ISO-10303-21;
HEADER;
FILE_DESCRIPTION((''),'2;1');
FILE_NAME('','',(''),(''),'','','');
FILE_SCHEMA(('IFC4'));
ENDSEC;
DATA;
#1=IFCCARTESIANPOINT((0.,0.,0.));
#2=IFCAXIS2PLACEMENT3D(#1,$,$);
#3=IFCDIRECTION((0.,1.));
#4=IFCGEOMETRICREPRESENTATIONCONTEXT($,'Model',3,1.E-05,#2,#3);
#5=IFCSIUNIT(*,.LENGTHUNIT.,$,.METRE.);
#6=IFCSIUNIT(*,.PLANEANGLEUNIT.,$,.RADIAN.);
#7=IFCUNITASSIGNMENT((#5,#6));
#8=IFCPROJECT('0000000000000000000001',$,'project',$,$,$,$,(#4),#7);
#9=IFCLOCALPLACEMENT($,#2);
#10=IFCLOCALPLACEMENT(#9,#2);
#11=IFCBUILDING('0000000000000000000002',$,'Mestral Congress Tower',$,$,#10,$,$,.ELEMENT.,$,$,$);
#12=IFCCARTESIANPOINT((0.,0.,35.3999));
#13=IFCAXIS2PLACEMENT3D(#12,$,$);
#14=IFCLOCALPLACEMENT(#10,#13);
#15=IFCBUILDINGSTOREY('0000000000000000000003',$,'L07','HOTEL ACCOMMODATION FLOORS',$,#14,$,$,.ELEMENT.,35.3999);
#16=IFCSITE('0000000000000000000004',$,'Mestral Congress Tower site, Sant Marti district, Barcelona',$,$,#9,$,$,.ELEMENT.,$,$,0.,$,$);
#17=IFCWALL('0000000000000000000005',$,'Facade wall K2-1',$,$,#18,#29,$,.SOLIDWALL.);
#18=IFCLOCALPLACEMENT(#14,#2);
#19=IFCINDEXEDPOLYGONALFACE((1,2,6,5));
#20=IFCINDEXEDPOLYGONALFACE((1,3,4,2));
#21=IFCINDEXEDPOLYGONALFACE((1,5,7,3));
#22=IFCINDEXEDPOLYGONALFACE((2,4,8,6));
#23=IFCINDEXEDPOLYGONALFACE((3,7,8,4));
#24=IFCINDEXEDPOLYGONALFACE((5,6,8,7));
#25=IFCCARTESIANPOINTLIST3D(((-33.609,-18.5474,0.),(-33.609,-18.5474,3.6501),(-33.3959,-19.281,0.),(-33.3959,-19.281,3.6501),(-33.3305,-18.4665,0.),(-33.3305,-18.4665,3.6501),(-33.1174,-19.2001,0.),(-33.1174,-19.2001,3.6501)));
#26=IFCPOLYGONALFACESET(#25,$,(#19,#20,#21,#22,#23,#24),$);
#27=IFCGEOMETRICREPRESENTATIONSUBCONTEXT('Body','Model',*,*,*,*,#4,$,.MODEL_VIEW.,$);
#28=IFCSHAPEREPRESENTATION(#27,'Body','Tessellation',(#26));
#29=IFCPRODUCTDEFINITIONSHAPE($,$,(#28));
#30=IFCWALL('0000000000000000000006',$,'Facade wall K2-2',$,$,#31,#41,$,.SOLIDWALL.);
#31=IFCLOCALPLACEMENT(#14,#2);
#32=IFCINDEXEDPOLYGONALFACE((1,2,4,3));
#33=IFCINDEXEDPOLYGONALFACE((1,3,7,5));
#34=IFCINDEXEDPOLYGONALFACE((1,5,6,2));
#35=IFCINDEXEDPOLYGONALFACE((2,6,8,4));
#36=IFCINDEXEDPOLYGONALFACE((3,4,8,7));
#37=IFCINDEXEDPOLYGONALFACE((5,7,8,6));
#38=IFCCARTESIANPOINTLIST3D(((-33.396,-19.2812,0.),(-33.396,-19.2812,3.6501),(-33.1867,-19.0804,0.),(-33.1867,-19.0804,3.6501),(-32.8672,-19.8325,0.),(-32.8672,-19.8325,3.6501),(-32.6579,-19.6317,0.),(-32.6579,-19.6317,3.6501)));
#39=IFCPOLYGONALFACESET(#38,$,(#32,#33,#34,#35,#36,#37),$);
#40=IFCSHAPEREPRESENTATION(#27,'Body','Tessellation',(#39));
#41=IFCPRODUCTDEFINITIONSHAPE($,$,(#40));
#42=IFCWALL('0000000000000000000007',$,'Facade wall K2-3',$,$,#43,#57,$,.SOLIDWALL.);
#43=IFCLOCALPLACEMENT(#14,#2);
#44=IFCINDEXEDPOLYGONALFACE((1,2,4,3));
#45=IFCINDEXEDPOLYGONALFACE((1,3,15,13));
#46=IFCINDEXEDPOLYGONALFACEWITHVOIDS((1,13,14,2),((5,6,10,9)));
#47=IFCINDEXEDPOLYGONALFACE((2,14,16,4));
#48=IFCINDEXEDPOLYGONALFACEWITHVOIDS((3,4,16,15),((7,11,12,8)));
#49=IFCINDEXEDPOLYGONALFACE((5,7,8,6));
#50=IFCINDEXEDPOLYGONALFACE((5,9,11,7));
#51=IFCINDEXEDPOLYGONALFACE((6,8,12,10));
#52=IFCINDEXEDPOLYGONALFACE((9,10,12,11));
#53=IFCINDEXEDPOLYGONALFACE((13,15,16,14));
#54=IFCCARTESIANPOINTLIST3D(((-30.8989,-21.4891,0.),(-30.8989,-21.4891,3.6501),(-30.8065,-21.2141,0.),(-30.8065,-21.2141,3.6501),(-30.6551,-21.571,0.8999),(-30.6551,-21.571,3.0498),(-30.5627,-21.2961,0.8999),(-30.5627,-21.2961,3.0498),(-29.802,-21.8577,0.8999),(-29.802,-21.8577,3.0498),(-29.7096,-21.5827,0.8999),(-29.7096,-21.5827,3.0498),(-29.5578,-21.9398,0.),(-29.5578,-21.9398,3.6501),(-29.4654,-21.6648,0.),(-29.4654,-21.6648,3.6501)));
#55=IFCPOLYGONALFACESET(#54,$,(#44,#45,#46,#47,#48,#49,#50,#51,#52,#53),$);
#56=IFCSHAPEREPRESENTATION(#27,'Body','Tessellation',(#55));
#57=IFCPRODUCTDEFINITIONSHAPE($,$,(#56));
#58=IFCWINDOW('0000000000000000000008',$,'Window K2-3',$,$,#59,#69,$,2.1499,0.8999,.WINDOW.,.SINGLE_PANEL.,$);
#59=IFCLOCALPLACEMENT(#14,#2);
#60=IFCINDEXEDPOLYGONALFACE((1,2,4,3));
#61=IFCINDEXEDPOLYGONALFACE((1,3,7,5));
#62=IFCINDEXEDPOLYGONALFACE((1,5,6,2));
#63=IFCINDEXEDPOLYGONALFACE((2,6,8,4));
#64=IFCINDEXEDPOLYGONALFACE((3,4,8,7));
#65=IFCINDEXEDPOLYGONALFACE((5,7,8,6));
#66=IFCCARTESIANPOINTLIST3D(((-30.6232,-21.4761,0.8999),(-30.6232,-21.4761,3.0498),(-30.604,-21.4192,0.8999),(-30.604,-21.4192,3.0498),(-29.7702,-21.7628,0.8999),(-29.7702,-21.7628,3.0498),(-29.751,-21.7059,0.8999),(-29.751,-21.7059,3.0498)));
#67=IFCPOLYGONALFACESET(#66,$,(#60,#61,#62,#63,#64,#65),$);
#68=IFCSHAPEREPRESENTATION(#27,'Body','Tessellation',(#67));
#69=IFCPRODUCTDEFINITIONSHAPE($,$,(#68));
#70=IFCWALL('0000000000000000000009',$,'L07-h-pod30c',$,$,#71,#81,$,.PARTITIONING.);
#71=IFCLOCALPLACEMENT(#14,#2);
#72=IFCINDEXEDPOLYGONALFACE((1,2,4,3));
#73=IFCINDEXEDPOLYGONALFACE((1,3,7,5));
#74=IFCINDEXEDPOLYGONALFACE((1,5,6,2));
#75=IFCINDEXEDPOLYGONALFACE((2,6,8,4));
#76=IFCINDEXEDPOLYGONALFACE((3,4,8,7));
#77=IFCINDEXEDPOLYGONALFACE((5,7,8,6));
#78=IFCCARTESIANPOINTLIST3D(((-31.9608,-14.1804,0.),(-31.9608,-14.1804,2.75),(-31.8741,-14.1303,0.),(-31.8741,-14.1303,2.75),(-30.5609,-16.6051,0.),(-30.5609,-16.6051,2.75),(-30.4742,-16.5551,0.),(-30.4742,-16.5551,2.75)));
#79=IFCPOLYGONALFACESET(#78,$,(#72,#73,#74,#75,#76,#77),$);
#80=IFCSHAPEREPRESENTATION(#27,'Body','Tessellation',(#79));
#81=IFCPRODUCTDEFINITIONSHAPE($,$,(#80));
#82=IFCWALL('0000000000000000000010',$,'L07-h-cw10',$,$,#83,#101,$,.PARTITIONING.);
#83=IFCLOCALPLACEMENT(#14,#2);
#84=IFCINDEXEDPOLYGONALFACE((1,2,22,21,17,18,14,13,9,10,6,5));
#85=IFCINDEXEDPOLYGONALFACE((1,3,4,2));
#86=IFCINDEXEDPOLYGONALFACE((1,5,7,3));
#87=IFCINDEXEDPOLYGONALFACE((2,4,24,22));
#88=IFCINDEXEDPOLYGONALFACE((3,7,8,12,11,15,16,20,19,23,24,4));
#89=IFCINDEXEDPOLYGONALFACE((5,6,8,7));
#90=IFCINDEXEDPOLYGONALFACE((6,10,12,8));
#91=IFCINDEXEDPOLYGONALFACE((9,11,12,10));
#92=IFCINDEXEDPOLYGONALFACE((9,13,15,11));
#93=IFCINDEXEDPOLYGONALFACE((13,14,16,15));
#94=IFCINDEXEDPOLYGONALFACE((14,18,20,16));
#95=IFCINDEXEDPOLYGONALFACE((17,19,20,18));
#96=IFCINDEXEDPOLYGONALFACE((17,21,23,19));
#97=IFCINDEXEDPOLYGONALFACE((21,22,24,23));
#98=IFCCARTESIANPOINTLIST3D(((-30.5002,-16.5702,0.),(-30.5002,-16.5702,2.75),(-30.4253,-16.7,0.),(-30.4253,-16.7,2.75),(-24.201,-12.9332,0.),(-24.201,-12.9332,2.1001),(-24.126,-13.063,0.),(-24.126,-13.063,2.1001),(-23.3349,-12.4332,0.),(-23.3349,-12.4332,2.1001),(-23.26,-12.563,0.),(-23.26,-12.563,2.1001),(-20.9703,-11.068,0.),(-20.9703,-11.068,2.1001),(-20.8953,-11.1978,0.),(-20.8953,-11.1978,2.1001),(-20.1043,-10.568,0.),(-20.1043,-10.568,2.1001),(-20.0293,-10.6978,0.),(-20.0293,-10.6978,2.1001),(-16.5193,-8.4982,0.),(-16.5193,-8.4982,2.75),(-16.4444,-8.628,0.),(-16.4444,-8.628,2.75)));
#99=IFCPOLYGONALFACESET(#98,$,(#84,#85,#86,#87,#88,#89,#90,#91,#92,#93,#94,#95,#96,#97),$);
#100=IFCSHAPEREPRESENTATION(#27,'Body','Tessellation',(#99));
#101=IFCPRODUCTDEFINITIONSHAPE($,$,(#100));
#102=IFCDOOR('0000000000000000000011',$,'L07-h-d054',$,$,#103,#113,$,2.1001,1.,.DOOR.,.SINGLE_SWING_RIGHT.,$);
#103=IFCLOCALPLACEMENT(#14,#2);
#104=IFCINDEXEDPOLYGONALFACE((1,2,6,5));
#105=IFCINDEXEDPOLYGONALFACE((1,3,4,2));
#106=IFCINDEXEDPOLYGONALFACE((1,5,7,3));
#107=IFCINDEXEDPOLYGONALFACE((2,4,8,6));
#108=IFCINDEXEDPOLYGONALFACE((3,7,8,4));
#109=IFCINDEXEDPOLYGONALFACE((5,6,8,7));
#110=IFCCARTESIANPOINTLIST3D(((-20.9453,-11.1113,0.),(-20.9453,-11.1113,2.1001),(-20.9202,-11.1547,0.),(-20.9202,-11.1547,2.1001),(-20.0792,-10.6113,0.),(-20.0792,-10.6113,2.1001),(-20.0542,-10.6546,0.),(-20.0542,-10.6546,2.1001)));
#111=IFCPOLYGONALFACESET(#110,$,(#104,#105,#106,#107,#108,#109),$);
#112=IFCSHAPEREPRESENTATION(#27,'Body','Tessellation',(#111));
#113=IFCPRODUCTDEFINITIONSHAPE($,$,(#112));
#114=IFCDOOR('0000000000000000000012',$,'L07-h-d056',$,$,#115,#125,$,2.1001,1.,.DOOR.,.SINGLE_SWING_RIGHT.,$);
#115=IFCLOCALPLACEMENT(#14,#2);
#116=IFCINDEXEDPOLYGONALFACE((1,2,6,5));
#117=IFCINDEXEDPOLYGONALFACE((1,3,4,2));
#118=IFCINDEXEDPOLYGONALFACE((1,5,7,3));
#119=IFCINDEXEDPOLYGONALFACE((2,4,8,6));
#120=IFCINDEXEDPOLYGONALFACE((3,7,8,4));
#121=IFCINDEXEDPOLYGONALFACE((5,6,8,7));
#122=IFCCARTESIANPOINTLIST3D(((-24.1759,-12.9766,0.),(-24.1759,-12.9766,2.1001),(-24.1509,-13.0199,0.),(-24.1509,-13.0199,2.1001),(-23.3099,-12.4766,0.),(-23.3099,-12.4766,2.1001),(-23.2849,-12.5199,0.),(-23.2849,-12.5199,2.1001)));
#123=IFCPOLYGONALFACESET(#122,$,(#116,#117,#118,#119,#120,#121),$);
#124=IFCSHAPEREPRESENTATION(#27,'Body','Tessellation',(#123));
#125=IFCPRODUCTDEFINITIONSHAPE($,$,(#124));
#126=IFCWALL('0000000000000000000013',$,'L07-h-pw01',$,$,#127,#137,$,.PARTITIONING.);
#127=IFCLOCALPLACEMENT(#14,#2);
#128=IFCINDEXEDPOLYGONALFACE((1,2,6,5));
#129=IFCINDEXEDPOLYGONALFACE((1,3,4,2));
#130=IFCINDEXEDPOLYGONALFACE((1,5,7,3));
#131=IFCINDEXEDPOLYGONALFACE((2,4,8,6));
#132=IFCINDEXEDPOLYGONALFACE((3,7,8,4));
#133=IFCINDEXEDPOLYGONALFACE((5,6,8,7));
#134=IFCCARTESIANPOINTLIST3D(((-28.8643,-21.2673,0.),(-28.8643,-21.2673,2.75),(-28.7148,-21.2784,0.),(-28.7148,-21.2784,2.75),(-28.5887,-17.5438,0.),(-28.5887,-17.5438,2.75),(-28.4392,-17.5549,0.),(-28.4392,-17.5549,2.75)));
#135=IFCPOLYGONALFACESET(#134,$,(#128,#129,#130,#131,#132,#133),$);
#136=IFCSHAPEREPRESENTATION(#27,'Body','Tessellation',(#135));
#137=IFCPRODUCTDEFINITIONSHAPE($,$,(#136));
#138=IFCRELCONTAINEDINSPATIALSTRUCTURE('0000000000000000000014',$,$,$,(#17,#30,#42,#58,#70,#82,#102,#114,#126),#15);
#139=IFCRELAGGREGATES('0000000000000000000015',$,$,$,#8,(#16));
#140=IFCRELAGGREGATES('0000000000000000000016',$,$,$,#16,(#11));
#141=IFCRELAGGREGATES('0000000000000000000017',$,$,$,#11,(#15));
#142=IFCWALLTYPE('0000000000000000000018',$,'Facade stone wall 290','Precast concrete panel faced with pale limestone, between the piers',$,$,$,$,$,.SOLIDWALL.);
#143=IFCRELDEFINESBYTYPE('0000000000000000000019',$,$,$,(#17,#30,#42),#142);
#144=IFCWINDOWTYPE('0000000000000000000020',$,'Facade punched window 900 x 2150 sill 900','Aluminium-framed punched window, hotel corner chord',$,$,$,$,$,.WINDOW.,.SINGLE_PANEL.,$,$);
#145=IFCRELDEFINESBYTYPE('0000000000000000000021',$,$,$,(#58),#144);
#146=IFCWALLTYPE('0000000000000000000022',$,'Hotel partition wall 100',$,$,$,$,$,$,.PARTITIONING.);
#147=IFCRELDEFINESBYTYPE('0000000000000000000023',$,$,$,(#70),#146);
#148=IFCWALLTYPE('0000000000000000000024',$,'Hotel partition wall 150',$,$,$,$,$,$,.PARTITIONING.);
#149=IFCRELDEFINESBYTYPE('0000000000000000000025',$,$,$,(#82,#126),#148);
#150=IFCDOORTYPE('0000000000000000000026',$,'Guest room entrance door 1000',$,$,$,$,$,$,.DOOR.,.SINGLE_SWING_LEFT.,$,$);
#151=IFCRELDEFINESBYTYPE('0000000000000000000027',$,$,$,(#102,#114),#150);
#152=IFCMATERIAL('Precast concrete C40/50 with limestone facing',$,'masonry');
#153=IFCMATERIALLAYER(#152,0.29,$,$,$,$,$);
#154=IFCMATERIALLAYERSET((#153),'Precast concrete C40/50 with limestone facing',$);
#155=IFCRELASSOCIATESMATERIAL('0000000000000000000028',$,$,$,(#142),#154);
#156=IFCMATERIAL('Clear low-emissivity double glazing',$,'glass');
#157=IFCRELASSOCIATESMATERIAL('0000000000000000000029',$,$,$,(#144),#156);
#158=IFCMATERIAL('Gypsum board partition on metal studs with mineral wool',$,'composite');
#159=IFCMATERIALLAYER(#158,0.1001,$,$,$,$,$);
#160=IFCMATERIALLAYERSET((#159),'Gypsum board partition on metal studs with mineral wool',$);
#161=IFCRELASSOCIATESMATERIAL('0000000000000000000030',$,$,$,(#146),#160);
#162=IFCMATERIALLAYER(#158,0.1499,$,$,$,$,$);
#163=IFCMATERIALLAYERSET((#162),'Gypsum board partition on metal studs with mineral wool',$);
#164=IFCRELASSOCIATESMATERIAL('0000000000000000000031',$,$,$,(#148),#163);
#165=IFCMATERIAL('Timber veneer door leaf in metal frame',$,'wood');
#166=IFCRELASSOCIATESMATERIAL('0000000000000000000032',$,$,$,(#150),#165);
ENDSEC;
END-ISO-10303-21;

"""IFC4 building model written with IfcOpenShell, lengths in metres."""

from ifc_helpers import new_model, si_unit, direction, frame, frame_2d, origin, place, context, subcontext, project, spatial, rectangle, extrude, material, layer, layer_set, type_object, element, fill, save


model = new_model("IFC4")

# Units and contexts
model_context = context("Model", 3, precision=1e-05, world=origin(), true_north=direction((0.0, 1.0)))
body_context = subcontext(model_context, "Body", "Model", "MODEL_VIEW")
ifc_project = project(units=[si_unit("LENGTHUNIT", "METRE"), si_unit("PLANEANGLEUNIT", "RADIAN")], contexts=[model_context])

# Site, building, storey
site_placement = place(None, origin())
site = spatial("IfcSite", under=ifc_project, at=site_placement, Name="Mestral Congress Tower site, Sant Marti district, Barcelona", CompositionType="ELEMENT", RefElevation=0.0)
building_placement = place(site_placement, origin())
building = spatial("IfcBuilding", under=site, at=building_placement, Name="Mestral Congress Tower", CompositionType="ELEMENT")
storey_placement = place(building_placement, frame((0.0, 0.0, 35.3999)))
storey = spatial("IfcBuildingStorey", under=building, at=storey_placement, Name="L07", Description="HOTEL ACCOMMODATION FLOORS", CompositionType="ELEMENT", Elevation=35.3999)

# Walls
ifc_material_1 = material(Name="Precast concrete C40/50 with limestone facing", Category="masonry")
ifc_layer_1 = layer(ifc_material_1, 0.29)
ifc_layer_set_1 = layer_set([ifc_layer_1], Name="Precast concrete C40/50 with limestone facing")
wall_type_1 = type_object("IfcWallType", Name="Facade stone wall 290", Description="Precast concrete panel faced with pale limestone, between the piers", PredefinedType="SOLIDWALL", material=ifc_layer_set_1)
for number, where, z_axis, x_axis, name in (
    (1, (-33.4697, -18.5071, 0.0), (0.0, 0.0, 1.0), (0.278981, -0.960297, 0.0), "Facade wall K2-1"),
    (2, (-33.2913, -19.1809, 0.0), (0.0, 0.0, 1.0), (0.692252, -0.721656, 0.0), "Facade wall K2-2"),
):
    element("IfcWall", number, at=place(storey_placement, frame(where, z_axis=z_axis, x_axis=x_axis)), inside=storey, type_object=wall_type_1, Name=name, PredefinedType="SOLIDWALL", context=body_context, shape_type="SweptSolid", body=[
        extrude(rectangle(XDim=0.7639, YDim=0.29, at=frame_2d((0.3818, 0.0))), origin(), (0.0, 0.0, 1.0), 3.6501),
    ])

# Wall, opening, window
wall_1_placement = place(storey_placement, frame((-30.8528, -21.3516, 0.0), z_axis=(0.0, 0.0, 1.0), x_axis=(0.947904, -0.318556, 0.0)))
wall_1 = element("IfcWall", 3, at=wall_1_placement, inside=storey, type_object=wall_type_1, Name="Facade wall K2-3", PredefinedType="SOLIDWALL", context=body_context, shape_type="SweptSolid", body=[
    extrude(rectangle(XDim=1.4148, YDim=0.29, at=frame_2d((0.7075, 0.0))), origin(), (0.0, 0.0, 1.0), 3.6501),
])
opening_1_placement = place(wall_1_placement, frame((0.2573, 0.0, 0.8999)))
opening_1 = element("IfcOpeningElement", 4, at=opening_1_placement, cuts=wall_1, PredefinedType="OPENING", context=body_context, shape_type="SweptSolid", body=[
    extrude(rectangle(XDim=0.8999, YDim=2.1499, at=frame_2d((0.45, 1.075))), frame((0.0, 0.155, 0.0), z_axis=(0.0, -1.0, 0.0), x_axis=(1.0, 0.0, 0.0)), (0.0, 0.0, 1.0), 0.3101),
])
ifc_material_2 = material(Name="Clear low-emissivity double glazing", Category="glass")
window_type = type_object("IfcWindowType", Name="Facade punched window 900 x 2150 sill 900", Description="Aluminium-framed punched window, hotel corner chord", PartitioningType="SINGLE_PANEL", PredefinedType="WINDOW", material=ifc_material_2)
window_placement = place(opening_1_placement, origin())
window = element("IfcWindow", 5, at=window_placement, inside=storey, type_object=window_type, Name="Window K2-3", OverallHeight=2.1499, OverallWidth=0.8999, PartitioningType="SINGLE_PANEL", PredefinedType="WINDOW", context=body_context, shape_type="SweptSolid", body=[
    extrude(rectangle(XDim=0.8999, YDim=2.1499, at=frame_2d((0.45, 1.075))), frame((0.0, 0.0151, 0.0), z_axis=(0.0, -1.0, 0.0), x_axis=(1.0, 0.0, 0.0)), (0.0, 0.0, 1.0), 0.0601),
])
fill(opening_1, window)

# Wall
ifc_material_3 = material(Name="Gypsum board partition on metal studs with mineral wool", Category="composite")
ifc_layer_2 = layer(ifc_material_3, 0.1001)
ifc_layer_set_2 = layer_set([ifc_layer_2], Name="Gypsum board partition on metal studs with mineral wool")
wall_type_2 = type_object("IfcWallType", Name="Hotel partition wall 100", PredefinedType="PARTITIONING", material=ifc_layer_set_2)
wall_2_placement = place(storey_placement, frame((-30.5176, -16.5801, 0.0), z_axis=(0.0, 0.0, 1.0), x_axis=(-0.499984, 0.866035, 0.0)))
element("IfcWall", 6, at=wall_2_placement, inside=storey, type_object=wall_type_2, Name="L07-h-pod30c", PredefinedType="PARTITIONING", context=body_context, shape_type="SweptSolid", body=[
    extrude(rectangle(XDim=2.7998, YDim=0.1001, at=frame_2d((1.3999, 0.0))), origin(), (0.0, 0.0, 1.0), 2.75),
])

# Wall, openings, doors
ifc_layer_3 = layer(ifc_material_3, 0.1499)
ifc_layer_set_3 = layer_set([ifc_layer_3], Name="Gypsum board partition on metal studs with mineral wool")
wall_type_3 = type_object("IfcWallType", Name="Hotel partition wall 150", PredefinedType="PARTITIONING", material=ifc_layer_set_3)
wall_3_placement = place(storey_placement, frame((-30.4626, -16.635, 0.0), z_axis=(0.0, 0.0, 1.0), x_axis=(0.866022, 0.500005, 0.0)))
wall_3 = element("IfcWall", 7, at=wall_3_placement, inside=storey, type_object=wall_type_3, Name="L07-h-cw10", PredefinedType="PARTITIONING", context=body_context, shape_type="SweptSolid", body=[
    extrude(rectangle(XDim=16.1438, YDim=0.1499, at=frame_2d((8.0718, 0.0))), origin(), (0.0, 0.0, 1.0), 2.75),
])
opening_2_placement = place(wall_3_placement, frame((11.0042, 0.0, 0.0)))
opening_2 = element("IfcOpeningElement", 8, at=opening_2_placement, cuts=wall_3, PredefinedType="OPENING", context=body_context, shape_type="SweptSolid", body=[
    extrude(rectangle(XDim=1.0, YDim=2.1001, at=frame_2d((0.5, 1.05))), frame((0.0, 0.085, 0.0), z_axis=(0.0, -1.0, 0.0), x_axis=(1.0, 0.0, 0.0)), (0.0, 0.0, 1.0), 0.1699),
])
opening_3_placement = place(wall_3_placement, frame((7.2737, 0.0, 0.0)))
opening_3 = element("IfcOpeningElement", 9, at=opening_3_placement, cuts=wall_3, PredefinedType="OPENING", context=body_context, shape_type="SweptSolid", body=[
    extrude(rectangle(XDim=1.0, YDim=2.1001, at=frame_2d((0.5, 1.05))), frame((0.0, 0.085, 0.0), z_axis=(0.0, -1.0, 0.0), x_axis=(1.0, 0.0, 0.0)), (0.0, 0.0, 1.0), 0.1699),
])
ifc_material_4 = material(Name="Timber veneer door leaf in metal frame", Category="wood")
door_type = type_object("IfcDoorType", Name="Guest room entrance door 1000", OperationType="SINGLE_SWING_LEFT", PredefinedType="DOOR", material=ifc_material_4)
door_1_placement = place(opening_2_placement, origin())
door_1 = element("IfcDoor", 10, at=door_1_placement, inside=storey, type_object=door_type, Name="L07-h-d054", OperationType="SINGLE_SWING_RIGHT", OverallHeight=2.1001, OverallWidth=1.0, PredefinedType="DOOR", context=body_context, shape_type="SweptSolid", body=[
    extrude(rectangle(XDim=1.0, YDim=2.1001, at=frame_2d((0.5, 1.05))), frame((0.0, 0.0249, 0.0), z_axis=(0.0, -1.0, 0.0), x_axis=(1.0, 0.0, 0.0)), (0.0, 0.0, 1.0), 0.05),
])
fill(opening_2, door_1)
door_2_placement = place(opening_3_placement, origin())
door_2 = element("IfcDoor", 11, at=door_2_placement, inside=storey, type_object=door_type, Name="L07-h-d056", OperationType="SINGLE_SWING_RIGHT", OverallHeight=2.1001, OverallWidth=1.0, PredefinedType="DOOR", context=body_context, shape_type="SweptSolid", body=[
    extrude(rectangle(XDim=1.0, YDim=2.1001, at=frame_2d((0.5, 1.05))), frame((0.0, 0.0249, 0.0), z_axis=(0.0, -1.0, 0.0), x_axis=(1.0, 0.0, 0.0)), (0.0, 0.0, 1.0), 0.05),
])
fill(opening_3, door_2)

# Wall
wall_4_placement = place(storey_placement, frame((-28.7896, -21.2727, 0.0), z_axis=(0.0, 0.0, 1.0), x_axis=(0.073826, 0.997271, 0.0)))
element("IfcWall", 12, at=wall_4_placement, inside=storey, type_object=wall_type_3, Name="L07-h-pw01", PredefinedType="PARTITIONING", context=body_context, shape_type="SweptSolid", body=[
    extrude(rectangle(XDim=3.7336, YDim=0.1499, at=frame_2d((1.8667, 0.0))), origin(), (0.0, 0.0, 1.0), 2.75),
])

save(model, "model.ifc")
